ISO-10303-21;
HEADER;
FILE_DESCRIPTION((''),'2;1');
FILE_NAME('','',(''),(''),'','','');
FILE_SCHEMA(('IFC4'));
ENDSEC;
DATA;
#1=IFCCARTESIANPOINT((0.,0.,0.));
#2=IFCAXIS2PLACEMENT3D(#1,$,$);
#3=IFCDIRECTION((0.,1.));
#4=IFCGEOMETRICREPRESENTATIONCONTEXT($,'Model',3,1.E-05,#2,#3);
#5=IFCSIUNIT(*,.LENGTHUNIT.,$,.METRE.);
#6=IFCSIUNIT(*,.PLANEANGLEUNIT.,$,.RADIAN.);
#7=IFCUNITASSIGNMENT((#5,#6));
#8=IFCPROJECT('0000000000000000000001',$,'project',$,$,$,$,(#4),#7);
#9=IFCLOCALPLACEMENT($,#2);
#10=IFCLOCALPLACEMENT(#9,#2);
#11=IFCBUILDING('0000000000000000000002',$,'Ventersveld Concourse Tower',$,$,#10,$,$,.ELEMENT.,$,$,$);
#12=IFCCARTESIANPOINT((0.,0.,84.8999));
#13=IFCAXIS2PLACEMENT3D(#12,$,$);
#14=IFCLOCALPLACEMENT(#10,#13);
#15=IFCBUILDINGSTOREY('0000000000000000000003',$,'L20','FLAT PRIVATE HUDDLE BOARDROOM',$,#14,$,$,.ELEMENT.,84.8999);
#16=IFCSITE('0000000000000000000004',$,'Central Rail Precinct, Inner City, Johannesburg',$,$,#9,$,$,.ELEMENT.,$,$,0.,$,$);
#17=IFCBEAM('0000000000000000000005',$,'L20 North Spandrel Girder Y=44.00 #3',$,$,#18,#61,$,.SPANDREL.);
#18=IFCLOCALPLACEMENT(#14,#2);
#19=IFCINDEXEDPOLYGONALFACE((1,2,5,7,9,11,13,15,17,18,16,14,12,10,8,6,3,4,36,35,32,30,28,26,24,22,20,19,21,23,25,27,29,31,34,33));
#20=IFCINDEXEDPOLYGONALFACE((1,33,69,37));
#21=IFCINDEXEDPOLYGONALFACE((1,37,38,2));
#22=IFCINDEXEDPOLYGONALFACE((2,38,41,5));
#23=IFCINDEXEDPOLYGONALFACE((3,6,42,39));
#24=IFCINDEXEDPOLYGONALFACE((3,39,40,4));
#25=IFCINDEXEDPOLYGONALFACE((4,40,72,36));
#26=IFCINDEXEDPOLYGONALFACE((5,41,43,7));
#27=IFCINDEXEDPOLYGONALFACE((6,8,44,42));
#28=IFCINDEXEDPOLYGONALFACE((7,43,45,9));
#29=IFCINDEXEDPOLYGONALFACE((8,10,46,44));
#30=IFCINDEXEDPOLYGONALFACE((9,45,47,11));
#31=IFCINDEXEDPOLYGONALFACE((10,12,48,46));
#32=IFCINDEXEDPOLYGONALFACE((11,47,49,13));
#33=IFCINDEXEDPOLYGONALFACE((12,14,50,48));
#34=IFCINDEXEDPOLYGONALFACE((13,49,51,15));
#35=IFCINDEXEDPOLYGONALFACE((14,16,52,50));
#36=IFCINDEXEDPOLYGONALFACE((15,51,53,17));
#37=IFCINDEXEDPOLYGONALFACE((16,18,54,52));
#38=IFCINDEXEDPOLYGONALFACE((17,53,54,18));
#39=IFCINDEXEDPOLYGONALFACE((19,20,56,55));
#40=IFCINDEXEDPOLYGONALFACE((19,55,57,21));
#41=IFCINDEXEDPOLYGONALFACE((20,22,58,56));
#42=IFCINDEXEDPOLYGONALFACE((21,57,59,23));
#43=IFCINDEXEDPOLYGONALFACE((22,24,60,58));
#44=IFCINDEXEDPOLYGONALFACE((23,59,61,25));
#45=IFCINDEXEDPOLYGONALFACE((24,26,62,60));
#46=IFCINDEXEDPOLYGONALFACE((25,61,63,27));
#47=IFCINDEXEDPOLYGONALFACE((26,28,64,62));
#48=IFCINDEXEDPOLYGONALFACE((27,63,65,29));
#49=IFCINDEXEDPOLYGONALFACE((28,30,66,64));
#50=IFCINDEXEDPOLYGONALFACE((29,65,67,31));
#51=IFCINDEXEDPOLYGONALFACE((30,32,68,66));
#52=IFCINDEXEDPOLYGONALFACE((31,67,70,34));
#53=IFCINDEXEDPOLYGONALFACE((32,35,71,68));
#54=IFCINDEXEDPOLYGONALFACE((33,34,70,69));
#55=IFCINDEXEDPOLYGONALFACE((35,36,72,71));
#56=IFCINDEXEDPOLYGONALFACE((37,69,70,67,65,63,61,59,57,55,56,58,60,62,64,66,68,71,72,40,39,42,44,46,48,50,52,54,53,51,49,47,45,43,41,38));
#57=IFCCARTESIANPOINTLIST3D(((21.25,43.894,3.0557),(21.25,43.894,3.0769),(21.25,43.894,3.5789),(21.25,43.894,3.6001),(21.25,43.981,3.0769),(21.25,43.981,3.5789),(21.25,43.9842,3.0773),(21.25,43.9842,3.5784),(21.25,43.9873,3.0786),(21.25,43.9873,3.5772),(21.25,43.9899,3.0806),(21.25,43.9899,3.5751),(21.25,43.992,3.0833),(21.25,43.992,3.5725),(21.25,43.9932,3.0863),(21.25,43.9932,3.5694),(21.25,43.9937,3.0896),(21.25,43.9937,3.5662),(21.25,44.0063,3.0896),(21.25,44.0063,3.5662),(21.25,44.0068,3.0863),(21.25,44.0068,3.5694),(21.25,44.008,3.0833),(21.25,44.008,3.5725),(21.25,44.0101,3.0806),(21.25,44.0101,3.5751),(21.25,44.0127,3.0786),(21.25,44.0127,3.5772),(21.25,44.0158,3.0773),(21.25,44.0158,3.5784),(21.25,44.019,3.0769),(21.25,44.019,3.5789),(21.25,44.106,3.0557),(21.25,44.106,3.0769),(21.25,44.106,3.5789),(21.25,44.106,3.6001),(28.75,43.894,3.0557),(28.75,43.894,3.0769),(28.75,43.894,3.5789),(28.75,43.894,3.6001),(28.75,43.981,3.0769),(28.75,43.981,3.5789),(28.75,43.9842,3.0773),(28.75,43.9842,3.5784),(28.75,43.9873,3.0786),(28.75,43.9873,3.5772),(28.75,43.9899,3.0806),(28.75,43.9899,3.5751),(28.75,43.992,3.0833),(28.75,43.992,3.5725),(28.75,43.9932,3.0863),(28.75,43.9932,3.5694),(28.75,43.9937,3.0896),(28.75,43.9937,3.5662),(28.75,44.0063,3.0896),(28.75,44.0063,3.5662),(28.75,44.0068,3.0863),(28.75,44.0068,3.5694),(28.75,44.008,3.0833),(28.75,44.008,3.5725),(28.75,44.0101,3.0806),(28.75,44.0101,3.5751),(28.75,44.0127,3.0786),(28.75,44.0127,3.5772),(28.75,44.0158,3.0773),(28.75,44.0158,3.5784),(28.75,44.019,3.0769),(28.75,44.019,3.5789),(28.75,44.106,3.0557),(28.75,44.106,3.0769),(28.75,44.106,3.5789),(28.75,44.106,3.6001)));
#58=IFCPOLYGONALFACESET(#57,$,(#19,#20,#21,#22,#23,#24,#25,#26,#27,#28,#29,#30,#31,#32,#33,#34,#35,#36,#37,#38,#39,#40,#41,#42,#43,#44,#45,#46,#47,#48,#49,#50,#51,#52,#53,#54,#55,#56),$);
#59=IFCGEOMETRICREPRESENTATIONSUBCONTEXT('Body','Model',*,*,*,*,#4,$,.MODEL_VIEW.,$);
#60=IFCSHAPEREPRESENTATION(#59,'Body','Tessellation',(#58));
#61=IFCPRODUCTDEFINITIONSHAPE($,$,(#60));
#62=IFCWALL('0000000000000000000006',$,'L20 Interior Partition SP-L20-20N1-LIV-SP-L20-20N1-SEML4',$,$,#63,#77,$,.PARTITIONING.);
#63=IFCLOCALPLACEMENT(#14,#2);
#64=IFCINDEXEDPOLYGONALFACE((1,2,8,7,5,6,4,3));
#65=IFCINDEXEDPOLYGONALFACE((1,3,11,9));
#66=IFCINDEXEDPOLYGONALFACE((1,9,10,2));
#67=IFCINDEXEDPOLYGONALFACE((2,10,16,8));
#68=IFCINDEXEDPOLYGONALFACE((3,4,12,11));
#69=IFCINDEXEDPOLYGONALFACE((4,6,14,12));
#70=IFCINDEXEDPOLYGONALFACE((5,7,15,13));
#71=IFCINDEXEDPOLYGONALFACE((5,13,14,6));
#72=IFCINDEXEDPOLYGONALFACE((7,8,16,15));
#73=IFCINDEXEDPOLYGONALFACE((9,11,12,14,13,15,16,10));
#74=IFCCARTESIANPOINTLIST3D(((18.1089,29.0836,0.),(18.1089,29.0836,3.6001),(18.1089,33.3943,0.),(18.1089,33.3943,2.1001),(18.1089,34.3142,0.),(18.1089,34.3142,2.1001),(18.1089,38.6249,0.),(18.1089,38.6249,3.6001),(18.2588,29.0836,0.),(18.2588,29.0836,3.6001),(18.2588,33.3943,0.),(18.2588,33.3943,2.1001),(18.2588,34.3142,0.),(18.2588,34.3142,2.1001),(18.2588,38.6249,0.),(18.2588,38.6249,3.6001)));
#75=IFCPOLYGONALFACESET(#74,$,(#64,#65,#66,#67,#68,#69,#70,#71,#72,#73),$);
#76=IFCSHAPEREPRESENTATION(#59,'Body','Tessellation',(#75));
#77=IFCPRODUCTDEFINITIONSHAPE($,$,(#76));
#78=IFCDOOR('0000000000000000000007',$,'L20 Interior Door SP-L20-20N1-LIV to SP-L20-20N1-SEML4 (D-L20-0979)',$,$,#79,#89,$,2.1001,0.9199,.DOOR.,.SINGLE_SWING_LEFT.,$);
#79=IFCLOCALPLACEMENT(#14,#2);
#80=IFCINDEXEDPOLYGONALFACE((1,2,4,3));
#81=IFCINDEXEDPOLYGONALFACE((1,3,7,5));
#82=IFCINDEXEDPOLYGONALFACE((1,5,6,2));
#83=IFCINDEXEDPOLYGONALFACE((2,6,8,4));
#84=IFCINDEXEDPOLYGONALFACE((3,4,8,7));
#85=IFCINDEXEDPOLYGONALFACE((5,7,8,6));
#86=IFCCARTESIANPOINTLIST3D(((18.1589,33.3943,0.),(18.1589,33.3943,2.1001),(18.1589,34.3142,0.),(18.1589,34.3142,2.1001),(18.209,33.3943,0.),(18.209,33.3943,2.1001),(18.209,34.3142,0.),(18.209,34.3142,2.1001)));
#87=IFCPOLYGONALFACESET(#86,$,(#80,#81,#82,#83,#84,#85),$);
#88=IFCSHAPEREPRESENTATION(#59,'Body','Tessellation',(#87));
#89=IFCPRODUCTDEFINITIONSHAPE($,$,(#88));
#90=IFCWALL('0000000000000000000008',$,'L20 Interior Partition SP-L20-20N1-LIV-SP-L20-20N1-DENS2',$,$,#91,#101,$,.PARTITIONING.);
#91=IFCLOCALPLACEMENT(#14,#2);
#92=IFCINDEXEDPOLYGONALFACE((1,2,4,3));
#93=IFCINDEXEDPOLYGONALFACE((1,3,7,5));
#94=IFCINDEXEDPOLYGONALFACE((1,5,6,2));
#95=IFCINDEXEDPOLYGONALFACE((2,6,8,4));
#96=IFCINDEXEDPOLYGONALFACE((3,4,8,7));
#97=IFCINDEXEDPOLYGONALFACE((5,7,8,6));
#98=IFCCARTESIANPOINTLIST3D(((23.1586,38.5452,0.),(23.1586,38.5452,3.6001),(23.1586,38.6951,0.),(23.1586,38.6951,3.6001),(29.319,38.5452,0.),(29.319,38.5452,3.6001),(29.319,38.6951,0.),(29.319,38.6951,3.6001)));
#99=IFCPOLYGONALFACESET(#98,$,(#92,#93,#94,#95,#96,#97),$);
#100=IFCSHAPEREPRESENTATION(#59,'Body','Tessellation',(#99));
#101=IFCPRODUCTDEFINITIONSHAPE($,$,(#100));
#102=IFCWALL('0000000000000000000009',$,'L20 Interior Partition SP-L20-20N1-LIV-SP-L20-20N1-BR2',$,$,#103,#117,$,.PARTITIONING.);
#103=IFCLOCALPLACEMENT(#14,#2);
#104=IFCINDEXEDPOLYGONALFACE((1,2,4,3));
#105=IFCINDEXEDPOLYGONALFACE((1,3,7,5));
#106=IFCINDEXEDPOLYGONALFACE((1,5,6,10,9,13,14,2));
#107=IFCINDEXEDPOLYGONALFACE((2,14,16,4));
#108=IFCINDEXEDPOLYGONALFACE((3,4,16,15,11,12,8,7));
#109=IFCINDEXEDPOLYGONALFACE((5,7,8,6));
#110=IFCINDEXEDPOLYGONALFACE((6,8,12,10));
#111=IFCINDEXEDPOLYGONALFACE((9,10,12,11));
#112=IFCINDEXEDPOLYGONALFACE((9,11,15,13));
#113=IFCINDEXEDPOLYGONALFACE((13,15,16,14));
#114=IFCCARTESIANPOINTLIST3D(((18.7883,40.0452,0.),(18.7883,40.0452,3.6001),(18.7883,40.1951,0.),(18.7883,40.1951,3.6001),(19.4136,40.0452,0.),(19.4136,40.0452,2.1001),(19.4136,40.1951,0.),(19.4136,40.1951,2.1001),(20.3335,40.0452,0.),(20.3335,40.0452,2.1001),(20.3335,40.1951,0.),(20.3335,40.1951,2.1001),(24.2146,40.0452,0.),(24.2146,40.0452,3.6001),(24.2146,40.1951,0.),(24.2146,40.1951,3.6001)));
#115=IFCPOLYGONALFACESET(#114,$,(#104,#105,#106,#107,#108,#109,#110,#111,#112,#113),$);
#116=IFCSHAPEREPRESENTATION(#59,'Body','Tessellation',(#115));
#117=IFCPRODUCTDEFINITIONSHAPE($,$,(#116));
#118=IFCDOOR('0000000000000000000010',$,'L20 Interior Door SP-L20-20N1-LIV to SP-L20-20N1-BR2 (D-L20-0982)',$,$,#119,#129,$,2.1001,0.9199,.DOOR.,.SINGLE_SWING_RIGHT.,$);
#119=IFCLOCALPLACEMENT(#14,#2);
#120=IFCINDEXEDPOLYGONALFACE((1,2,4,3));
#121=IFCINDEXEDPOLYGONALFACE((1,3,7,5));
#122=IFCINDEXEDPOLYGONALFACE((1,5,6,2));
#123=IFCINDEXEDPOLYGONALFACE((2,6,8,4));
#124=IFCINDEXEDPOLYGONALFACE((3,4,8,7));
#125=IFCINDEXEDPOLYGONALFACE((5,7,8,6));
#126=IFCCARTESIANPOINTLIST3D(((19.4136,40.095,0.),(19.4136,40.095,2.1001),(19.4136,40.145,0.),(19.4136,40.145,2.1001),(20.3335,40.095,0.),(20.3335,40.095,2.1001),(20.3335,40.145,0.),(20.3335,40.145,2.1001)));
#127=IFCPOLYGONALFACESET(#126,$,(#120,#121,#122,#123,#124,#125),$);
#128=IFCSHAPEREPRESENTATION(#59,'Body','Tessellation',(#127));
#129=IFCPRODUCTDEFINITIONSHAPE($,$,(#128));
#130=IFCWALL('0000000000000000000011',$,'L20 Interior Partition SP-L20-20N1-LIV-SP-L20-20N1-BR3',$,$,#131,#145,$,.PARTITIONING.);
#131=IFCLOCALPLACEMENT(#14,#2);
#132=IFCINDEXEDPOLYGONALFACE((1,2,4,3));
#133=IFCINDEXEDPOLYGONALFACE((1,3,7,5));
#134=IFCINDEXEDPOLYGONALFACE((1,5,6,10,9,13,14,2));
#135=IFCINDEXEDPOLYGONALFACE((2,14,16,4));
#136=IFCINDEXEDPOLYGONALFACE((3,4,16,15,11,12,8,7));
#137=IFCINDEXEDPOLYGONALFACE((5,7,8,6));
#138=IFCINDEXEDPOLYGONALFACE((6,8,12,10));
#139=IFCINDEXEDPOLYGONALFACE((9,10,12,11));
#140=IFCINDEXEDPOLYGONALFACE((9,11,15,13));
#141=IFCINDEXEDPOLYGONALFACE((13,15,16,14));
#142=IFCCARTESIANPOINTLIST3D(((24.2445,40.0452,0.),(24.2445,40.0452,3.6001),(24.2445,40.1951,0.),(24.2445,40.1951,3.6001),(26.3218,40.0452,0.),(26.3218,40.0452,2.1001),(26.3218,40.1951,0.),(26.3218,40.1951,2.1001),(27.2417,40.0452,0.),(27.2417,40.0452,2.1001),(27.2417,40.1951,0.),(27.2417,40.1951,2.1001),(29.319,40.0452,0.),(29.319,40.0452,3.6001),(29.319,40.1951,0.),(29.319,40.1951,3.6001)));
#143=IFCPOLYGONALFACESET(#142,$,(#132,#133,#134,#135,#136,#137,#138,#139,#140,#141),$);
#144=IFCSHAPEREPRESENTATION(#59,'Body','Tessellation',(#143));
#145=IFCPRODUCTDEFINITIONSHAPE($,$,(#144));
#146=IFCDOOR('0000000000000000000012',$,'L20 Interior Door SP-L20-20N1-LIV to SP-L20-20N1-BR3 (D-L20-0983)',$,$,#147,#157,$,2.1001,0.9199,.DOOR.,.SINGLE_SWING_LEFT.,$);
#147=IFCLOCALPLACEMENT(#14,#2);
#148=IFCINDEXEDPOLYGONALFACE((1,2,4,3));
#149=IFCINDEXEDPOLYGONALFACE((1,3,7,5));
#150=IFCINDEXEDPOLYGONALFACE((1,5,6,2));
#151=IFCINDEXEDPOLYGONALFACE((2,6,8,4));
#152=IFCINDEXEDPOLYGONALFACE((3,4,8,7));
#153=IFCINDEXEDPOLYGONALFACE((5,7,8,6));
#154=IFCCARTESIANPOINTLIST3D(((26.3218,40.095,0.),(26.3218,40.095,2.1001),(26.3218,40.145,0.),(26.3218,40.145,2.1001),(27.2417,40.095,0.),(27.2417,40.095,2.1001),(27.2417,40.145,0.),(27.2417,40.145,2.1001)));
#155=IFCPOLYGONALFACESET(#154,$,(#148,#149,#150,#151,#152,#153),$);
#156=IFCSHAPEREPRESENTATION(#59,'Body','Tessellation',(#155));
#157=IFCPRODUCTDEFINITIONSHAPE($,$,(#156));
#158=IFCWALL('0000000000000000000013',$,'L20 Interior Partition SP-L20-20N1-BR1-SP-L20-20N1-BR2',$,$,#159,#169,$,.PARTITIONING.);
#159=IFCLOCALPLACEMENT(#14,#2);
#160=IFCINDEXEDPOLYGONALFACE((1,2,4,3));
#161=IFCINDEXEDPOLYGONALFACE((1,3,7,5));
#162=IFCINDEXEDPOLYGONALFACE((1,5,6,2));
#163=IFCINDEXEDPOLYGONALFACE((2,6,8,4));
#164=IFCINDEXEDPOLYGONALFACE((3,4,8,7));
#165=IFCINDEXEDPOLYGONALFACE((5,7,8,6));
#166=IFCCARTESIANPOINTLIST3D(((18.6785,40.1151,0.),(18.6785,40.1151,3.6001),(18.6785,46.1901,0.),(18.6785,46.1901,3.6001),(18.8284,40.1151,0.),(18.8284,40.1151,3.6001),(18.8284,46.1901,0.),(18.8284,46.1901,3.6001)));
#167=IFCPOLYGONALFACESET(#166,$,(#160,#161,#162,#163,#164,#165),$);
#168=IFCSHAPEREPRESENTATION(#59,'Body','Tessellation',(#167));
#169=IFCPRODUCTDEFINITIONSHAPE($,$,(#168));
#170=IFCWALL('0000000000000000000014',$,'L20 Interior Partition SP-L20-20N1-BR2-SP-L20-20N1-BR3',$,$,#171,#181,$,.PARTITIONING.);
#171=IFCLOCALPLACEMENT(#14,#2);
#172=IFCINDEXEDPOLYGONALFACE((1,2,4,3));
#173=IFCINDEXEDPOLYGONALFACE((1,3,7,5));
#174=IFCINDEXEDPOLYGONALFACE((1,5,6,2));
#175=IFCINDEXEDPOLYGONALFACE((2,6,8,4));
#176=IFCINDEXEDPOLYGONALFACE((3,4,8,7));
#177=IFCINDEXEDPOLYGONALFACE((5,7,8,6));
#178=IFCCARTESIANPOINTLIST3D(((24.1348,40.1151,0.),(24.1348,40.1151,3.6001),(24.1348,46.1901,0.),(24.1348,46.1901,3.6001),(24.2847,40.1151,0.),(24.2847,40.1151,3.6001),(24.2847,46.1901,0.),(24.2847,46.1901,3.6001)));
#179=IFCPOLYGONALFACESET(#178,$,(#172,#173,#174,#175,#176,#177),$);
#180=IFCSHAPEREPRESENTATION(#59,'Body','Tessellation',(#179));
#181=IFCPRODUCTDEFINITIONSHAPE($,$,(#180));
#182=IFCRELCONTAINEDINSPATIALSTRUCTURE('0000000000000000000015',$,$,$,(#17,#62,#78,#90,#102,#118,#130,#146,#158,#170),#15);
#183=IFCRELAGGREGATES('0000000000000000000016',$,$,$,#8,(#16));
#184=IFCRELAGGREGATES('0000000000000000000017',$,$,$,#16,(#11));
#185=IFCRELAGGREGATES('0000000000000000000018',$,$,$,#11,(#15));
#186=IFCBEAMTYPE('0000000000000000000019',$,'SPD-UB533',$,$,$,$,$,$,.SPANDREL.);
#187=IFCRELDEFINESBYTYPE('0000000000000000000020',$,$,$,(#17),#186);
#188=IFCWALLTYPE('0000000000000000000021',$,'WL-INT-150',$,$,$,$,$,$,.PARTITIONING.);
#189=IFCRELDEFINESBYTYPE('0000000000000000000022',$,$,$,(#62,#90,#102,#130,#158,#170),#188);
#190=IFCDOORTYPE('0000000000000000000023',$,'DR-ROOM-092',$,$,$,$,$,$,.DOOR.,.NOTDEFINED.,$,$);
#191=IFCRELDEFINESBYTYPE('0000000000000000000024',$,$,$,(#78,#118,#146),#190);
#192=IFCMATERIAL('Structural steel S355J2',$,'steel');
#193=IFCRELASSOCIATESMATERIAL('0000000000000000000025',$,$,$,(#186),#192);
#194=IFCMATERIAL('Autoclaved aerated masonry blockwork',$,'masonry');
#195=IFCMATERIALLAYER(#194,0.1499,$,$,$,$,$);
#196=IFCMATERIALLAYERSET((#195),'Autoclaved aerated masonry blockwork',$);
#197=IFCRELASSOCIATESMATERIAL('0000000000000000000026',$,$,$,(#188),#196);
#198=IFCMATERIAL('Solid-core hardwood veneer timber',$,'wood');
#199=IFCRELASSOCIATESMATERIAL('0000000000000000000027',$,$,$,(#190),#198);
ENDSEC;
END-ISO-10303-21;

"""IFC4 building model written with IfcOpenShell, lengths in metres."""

from ifc_helpers import new_model, si_unit, direction, frame, frame_2d, origin, origin_2d, place, context, subcontext, project, spatial, rectangle, i_section, extrude, material, layer, layer_set, material_profile, profile_set, type_object, element, fill, save


model = new_model("IFC4")

# Units and contexts
model_context = context("Model", 3, precision=1e-05, world=origin(), true_north=direction((0.0, 1.0)))
body_context = subcontext(model_context, "Body", "Model", "MODEL_VIEW")
ifc_project = project(units=[si_unit("LENGTHUNIT", "METRE"), si_unit("PLANEANGLEUNIT", "RADIAN")], contexts=[model_context])

# Site, building, storey
site_placement = place(None, origin())
site = spatial("IfcSite", under=ifc_project, at=site_placement, Name="Central Rail Precinct, Inner City, Johannesburg", CompositionType="ELEMENT", RefElevation=0.0)
building_placement = place(site_placement, origin())
building = spatial("IfcBuilding", under=site, at=building_placement, Name="Ventersveld Concourse Tower", CompositionType="ELEMENT")
storey_placement = place(building_placement, frame((0.0, 0.0, 84.8999)))
storey = spatial("IfcBuildingStorey", under=building, at=storey_placement, Name="L20", Description="FLAT PRIVATE HUDDLE BOARDROOM", CompositionType="ELEMENT", Elevation=84.8999)

# Shared definitions
ifc_material_1 = material(Name="Structural steel S355J2", Category="steel")

# Beam
ifc_material_profile_1 = material_profile(ifc_material_1, i_section(OverallWidth=0.2119, OverallDepth=0.5444, WebThickness=0.0127, FlangeThickness=0.0212, FilletRadius=0.0127, at=origin_2d()), Name="UB 533x210x122")
ifc_profile_set_1 = profile_set([ifc_material_profile_1], Name="Structural steel S355J2")
beam_type_1 = type_object("IfcBeamType", Name="SPD-UB533", PredefinedType="SPANDREL", material=ifc_profile_set_1)
for number, where, z_axis, x_axis, name in (
    (1, (21.25, 44.0, 3.3279), (1.0, 0.0, 0.0), (0.0, 1.0, 0.0), "L20 North Spandrel Girder Y=44.00 #3"),
):
    element("IfcBeam", number, at=place(storey_placement, frame(where, z_axis=z_axis, x_axis=x_axis)), inside=storey, type_object=beam_type_1, Name=name, PredefinedType="SPANDREL", context=body_context, shape_type="SweptSolid", body=[
        extrude(i_section(OverallWidth=0.2119, OverallDepth=0.5444, WebThickness=0.0127, FlangeThickness=0.0212, FilletRadius=0.0127, at=origin_2d()), origin(), (0.0, 0.0, 1.0), 7.5),
    ])

# Wall, opening, door
ifc_material_2 = material(Name="Autoclaved aerated masonry blockwork", Category="masonry")
ifc_layer = layer(ifc_material_2, 0.1499)
ifc_layer_set = layer_set([ifc_layer], Name="Autoclaved aerated masonry blockwork")
wall_type = type_object("IfcWallType", Name="WL-INT-150", PredefinedType="PARTITIONING", material=ifc_layer_set)
wall_1_placement = place(storey_placement, frame((18.1838, 29.0837, 0.0), z_axis=(0.0, 0.0, 1.0), x_axis=(0.0, 1.0, 0.0)))
wall_1 = element("IfcWall", 2, at=wall_1_placement, inside=storey, type_object=wall_type, Name="L20 Interior Partition SP-L20-20N1-LIV-SP-L20-20N1-SEML4", PredefinedType="PARTITIONING", context=body_context, shape_type="SweptSolid", body=[
    extrude(rectangle(XDim=9.5413, YDim=0.1499, at=frame_2d((4.7705, 0.0))), origin(), (0.0, 0.0, 1.0), 3.6001),
])
opening_1_placement = place(wall_1_placement, frame((4.3105, 0.0, 0.0)))
opening_1 = element("IfcOpeningElement", 3, at=opening_1_placement, cuts=wall_1, PredefinedType="OPENING", context=body_context, shape_type="SweptSolid", body=[
    extrude(rectangle(XDim=0.9199, YDim=2.1001, at=frame_2d((0.46, 1.05))), frame((0.0, 0.085, 0.0), z_axis=(0.0, -1.0, 0.0), x_axis=(1.0, 0.0, 0.0)), (0.0, 0.0, 1.0), 0.1699),
])
ifc_material_3 = material(Name="Solid-core hardwood veneer timber", Category="wood")
door_type = type_object("IfcDoorType", Name="DR-ROOM-092", OperationType="NOTDEFINED", PredefinedType="DOOR", material=ifc_material_3)
door_1_placement = place(opening_1_placement, origin())
door_1 = element("IfcDoor", 4, at=door_1_placement, inside=storey, type_object=door_type, Name="L20 Interior Door SP-L20-20N1-LIV to SP-L20-20N1-SEML4 (D-L20-0979)", OperationType="SINGLE_SWING_LEFT", OverallHeight=2.1001, OverallWidth=0.9199, PredefinedType="DOOR", context=body_context, shape_type="SweptSolid", body=[
    extrude(rectangle(XDim=0.9199, YDim=2.1001, at=frame_2d((0.46, 1.05))), frame((0.0, 0.0249, 0.0), z_axis=(0.0, -1.0, 0.0), x_axis=(1.0, 0.0, 0.0)), (0.0, 0.0, 1.0), 0.05),
])
fill(opening_1, door_1)

# Wall
wall_2_placement = place(storey_placement, frame((23.1587, 38.6201, 0.0), z_axis=(0.0, 0.0, 1.0), x_axis=(1.0, 0.0, 0.0)))
element("IfcWall", 5, at=wall_2_placement, inside=storey, type_object=wall_type, Name="L20 Interior Partition SP-L20-20N1-LIV-SP-L20-20N1-DENS2", PredefinedType="PARTITIONING", context=body_context, shape_type="SweptSolid", body=[
    extrude(rectangle(XDim=6.1604, YDim=0.1499, at=frame_2d((3.0801, 0.0))), origin(), (0.0, 0.0, 1.0), 3.6001),
])

# Walls, openings, doors
wall_3_placement = place(storey_placement, frame((18.7883, 40.1201, 0.0), z_axis=(0.0, 0.0, 1.0), x_axis=(1.0, 0.0, 0.0)))
wall_3 = element("IfcWall", 6, at=wall_3_placement, inside=storey, type_object=wall_type, Name="L20 Interior Partition SP-L20-20N1-LIV-SP-L20-20N1-BR2", PredefinedType="PARTITIONING", context=body_context, shape_type="SweptSolid", body=[
    extrude(rectangle(XDim=5.4263, YDim=0.1499, at=frame_2d((2.7131, 0.0))), origin(), (0.0, 0.0, 1.0), 3.6001),
])
opening_2_placement = place(wall_3_placement, frame((0.6252, 0.0, 0.0)))
opening_2 = element("IfcOpeningElement", 7, at=opening_2_placement, cuts=wall_3, PredefinedType="OPENING", context=body_context, shape_type="SweptSolid", body=[
    extrude(rectangle(XDim=0.9199, YDim=2.1001, at=frame_2d((0.46, 1.05))), frame((0.0, 0.085, 0.0), z_axis=(0.0, -1.0, 0.0), x_axis=(1.0, 0.0, 0.0)), (0.0, 0.0, 1.0), 0.1699),
])
door_2_placement = place(opening_2_placement, origin())
door_2 = element("IfcDoor", 8, at=door_2_placement, inside=storey, type_object=door_type, Name="L20 Interior Door SP-L20-20N1-LIV to SP-L20-20N1-BR2 (D-L20-0982)", OperationType="SINGLE_SWING_RIGHT", OverallHeight=2.1001, OverallWidth=0.9199, PredefinedType="DOOR", context=body_context, shape_type="SweptSolid", body=[
    extrude(rectangle(XDim=0.9199, YDim=2.1001, at=frame_2d((0.46, 1.05))), frame((0.0, 0.0249, 0.0), z_axis=(0.0, -1.0, 0.0), x_axis=(1.0, 0.0, 0.0)), (0.0, 0.0, 1.0), 0.05),
])
fill(opening_2, door_2)
wall_4_placement = place(storey_placement, frame((24.2446, 40.1201, 0.0), z_axis=(0.0, 0.0, 1.0), x_axis=(1.0, 0.0, 0.0)))
wall_4 = element("IfcWall", 9, at=wall_4_placement, inside=storey, type_object=wall_type, Name="L20 Interior Partition SP-L20-20N1-LIV-SP-L20-20N1-BR3", PredefinedType="PARTITIONING", context=body_context, shape_type="SweptSolid", body=[
    extrude(rectangle(XDim=5.0745, YDim=0.1499, at=frame_2d((2.5371, 0.0))), origin(), (0.0, 0.0, 1.0), 3.6001),
])
opening_3_placement = place(wall_4_placement, frame((2.0771, 0.0, 0.0)))
opening_3 = element("IfcOpeningElement", 10, at=opening_3_placement, cuts=wall_4, PredefinedType="OPENING", context=body_context, shape_type="SweptSolid", body=[
    extrude(rectangle(XDim=0.9199, YDim=2.1001, at=frame_2d((0.46, 1.05))), frame((0.0, 0.085, 0.0), z_axis=(0.0, -1.0, 0.0), x_axis=(1.0, 0.0, 0.0)), (0.0, 0.0, 1.0), 0.1699),
])
door_3_placement = place(opening_3_placement, origin())
door_3 = element("IfcDoor", 11, at=door_3_placement, inside=storey, type_object=door_type, Name="L20 Interior Door SP-L20-20N1-LIV to SP-L20-20N1-BR3 (D-L20-0983)", OperationType="SINGLE_SWING_LEFT", OverallHeight=2.1001, OverallWidth=0.9199, PredefinedType="DOOR", context=body_context, shape_type="SweptSolid", body=[
    extrude(rectangle(XDim=0.9199, YDim=2.1001, at=frame_2d((0.46, 1.05))), frame((0.0, 0.0249, 0.0), z_axis=(0.0, -1.0, 0.0), x_axis=(1.0, 0.0, 0.0)), (0.0, 0.0, 1.0), 0.05),
])
fill(opening_3, door_3)

# Walls
for number, where, z_axis, x_axis, name in (
    (12, (18.7534, 40.115, 0.0), (0.0, 0.0, 1.0), (0.0, 1.0, 0.0), "L20 Interior Partition SP-L20-20N1-BR1-SP-L20-20N1-BR2"),
    (13, (24.2097, 40.115, 0.0), (0.0, 0.0, 1.0), (0.0, 1.0, 0.0), "L20 Interior Partition SP-L20-20N1-BR2-SP-L20-20N1-BR3"),
):
    element("IfcWall", number, at=place(storey_placement, frame(where, z_axis=z_axis, x_axis=x_axis)), inside=storey, type_object=wall_type, Name=name, PredefinedType="PARTITIONING", context=body_context, shape_type="SweptSolid", body=[
        extrude(rectangle(XDim=6.075, YDim=0.1499, at=frame_2d((3.0376, 0.0))), origin(), (0.0, 0.0, 1.0), 3.6001),
    ])

save(model, "model.ifc")
